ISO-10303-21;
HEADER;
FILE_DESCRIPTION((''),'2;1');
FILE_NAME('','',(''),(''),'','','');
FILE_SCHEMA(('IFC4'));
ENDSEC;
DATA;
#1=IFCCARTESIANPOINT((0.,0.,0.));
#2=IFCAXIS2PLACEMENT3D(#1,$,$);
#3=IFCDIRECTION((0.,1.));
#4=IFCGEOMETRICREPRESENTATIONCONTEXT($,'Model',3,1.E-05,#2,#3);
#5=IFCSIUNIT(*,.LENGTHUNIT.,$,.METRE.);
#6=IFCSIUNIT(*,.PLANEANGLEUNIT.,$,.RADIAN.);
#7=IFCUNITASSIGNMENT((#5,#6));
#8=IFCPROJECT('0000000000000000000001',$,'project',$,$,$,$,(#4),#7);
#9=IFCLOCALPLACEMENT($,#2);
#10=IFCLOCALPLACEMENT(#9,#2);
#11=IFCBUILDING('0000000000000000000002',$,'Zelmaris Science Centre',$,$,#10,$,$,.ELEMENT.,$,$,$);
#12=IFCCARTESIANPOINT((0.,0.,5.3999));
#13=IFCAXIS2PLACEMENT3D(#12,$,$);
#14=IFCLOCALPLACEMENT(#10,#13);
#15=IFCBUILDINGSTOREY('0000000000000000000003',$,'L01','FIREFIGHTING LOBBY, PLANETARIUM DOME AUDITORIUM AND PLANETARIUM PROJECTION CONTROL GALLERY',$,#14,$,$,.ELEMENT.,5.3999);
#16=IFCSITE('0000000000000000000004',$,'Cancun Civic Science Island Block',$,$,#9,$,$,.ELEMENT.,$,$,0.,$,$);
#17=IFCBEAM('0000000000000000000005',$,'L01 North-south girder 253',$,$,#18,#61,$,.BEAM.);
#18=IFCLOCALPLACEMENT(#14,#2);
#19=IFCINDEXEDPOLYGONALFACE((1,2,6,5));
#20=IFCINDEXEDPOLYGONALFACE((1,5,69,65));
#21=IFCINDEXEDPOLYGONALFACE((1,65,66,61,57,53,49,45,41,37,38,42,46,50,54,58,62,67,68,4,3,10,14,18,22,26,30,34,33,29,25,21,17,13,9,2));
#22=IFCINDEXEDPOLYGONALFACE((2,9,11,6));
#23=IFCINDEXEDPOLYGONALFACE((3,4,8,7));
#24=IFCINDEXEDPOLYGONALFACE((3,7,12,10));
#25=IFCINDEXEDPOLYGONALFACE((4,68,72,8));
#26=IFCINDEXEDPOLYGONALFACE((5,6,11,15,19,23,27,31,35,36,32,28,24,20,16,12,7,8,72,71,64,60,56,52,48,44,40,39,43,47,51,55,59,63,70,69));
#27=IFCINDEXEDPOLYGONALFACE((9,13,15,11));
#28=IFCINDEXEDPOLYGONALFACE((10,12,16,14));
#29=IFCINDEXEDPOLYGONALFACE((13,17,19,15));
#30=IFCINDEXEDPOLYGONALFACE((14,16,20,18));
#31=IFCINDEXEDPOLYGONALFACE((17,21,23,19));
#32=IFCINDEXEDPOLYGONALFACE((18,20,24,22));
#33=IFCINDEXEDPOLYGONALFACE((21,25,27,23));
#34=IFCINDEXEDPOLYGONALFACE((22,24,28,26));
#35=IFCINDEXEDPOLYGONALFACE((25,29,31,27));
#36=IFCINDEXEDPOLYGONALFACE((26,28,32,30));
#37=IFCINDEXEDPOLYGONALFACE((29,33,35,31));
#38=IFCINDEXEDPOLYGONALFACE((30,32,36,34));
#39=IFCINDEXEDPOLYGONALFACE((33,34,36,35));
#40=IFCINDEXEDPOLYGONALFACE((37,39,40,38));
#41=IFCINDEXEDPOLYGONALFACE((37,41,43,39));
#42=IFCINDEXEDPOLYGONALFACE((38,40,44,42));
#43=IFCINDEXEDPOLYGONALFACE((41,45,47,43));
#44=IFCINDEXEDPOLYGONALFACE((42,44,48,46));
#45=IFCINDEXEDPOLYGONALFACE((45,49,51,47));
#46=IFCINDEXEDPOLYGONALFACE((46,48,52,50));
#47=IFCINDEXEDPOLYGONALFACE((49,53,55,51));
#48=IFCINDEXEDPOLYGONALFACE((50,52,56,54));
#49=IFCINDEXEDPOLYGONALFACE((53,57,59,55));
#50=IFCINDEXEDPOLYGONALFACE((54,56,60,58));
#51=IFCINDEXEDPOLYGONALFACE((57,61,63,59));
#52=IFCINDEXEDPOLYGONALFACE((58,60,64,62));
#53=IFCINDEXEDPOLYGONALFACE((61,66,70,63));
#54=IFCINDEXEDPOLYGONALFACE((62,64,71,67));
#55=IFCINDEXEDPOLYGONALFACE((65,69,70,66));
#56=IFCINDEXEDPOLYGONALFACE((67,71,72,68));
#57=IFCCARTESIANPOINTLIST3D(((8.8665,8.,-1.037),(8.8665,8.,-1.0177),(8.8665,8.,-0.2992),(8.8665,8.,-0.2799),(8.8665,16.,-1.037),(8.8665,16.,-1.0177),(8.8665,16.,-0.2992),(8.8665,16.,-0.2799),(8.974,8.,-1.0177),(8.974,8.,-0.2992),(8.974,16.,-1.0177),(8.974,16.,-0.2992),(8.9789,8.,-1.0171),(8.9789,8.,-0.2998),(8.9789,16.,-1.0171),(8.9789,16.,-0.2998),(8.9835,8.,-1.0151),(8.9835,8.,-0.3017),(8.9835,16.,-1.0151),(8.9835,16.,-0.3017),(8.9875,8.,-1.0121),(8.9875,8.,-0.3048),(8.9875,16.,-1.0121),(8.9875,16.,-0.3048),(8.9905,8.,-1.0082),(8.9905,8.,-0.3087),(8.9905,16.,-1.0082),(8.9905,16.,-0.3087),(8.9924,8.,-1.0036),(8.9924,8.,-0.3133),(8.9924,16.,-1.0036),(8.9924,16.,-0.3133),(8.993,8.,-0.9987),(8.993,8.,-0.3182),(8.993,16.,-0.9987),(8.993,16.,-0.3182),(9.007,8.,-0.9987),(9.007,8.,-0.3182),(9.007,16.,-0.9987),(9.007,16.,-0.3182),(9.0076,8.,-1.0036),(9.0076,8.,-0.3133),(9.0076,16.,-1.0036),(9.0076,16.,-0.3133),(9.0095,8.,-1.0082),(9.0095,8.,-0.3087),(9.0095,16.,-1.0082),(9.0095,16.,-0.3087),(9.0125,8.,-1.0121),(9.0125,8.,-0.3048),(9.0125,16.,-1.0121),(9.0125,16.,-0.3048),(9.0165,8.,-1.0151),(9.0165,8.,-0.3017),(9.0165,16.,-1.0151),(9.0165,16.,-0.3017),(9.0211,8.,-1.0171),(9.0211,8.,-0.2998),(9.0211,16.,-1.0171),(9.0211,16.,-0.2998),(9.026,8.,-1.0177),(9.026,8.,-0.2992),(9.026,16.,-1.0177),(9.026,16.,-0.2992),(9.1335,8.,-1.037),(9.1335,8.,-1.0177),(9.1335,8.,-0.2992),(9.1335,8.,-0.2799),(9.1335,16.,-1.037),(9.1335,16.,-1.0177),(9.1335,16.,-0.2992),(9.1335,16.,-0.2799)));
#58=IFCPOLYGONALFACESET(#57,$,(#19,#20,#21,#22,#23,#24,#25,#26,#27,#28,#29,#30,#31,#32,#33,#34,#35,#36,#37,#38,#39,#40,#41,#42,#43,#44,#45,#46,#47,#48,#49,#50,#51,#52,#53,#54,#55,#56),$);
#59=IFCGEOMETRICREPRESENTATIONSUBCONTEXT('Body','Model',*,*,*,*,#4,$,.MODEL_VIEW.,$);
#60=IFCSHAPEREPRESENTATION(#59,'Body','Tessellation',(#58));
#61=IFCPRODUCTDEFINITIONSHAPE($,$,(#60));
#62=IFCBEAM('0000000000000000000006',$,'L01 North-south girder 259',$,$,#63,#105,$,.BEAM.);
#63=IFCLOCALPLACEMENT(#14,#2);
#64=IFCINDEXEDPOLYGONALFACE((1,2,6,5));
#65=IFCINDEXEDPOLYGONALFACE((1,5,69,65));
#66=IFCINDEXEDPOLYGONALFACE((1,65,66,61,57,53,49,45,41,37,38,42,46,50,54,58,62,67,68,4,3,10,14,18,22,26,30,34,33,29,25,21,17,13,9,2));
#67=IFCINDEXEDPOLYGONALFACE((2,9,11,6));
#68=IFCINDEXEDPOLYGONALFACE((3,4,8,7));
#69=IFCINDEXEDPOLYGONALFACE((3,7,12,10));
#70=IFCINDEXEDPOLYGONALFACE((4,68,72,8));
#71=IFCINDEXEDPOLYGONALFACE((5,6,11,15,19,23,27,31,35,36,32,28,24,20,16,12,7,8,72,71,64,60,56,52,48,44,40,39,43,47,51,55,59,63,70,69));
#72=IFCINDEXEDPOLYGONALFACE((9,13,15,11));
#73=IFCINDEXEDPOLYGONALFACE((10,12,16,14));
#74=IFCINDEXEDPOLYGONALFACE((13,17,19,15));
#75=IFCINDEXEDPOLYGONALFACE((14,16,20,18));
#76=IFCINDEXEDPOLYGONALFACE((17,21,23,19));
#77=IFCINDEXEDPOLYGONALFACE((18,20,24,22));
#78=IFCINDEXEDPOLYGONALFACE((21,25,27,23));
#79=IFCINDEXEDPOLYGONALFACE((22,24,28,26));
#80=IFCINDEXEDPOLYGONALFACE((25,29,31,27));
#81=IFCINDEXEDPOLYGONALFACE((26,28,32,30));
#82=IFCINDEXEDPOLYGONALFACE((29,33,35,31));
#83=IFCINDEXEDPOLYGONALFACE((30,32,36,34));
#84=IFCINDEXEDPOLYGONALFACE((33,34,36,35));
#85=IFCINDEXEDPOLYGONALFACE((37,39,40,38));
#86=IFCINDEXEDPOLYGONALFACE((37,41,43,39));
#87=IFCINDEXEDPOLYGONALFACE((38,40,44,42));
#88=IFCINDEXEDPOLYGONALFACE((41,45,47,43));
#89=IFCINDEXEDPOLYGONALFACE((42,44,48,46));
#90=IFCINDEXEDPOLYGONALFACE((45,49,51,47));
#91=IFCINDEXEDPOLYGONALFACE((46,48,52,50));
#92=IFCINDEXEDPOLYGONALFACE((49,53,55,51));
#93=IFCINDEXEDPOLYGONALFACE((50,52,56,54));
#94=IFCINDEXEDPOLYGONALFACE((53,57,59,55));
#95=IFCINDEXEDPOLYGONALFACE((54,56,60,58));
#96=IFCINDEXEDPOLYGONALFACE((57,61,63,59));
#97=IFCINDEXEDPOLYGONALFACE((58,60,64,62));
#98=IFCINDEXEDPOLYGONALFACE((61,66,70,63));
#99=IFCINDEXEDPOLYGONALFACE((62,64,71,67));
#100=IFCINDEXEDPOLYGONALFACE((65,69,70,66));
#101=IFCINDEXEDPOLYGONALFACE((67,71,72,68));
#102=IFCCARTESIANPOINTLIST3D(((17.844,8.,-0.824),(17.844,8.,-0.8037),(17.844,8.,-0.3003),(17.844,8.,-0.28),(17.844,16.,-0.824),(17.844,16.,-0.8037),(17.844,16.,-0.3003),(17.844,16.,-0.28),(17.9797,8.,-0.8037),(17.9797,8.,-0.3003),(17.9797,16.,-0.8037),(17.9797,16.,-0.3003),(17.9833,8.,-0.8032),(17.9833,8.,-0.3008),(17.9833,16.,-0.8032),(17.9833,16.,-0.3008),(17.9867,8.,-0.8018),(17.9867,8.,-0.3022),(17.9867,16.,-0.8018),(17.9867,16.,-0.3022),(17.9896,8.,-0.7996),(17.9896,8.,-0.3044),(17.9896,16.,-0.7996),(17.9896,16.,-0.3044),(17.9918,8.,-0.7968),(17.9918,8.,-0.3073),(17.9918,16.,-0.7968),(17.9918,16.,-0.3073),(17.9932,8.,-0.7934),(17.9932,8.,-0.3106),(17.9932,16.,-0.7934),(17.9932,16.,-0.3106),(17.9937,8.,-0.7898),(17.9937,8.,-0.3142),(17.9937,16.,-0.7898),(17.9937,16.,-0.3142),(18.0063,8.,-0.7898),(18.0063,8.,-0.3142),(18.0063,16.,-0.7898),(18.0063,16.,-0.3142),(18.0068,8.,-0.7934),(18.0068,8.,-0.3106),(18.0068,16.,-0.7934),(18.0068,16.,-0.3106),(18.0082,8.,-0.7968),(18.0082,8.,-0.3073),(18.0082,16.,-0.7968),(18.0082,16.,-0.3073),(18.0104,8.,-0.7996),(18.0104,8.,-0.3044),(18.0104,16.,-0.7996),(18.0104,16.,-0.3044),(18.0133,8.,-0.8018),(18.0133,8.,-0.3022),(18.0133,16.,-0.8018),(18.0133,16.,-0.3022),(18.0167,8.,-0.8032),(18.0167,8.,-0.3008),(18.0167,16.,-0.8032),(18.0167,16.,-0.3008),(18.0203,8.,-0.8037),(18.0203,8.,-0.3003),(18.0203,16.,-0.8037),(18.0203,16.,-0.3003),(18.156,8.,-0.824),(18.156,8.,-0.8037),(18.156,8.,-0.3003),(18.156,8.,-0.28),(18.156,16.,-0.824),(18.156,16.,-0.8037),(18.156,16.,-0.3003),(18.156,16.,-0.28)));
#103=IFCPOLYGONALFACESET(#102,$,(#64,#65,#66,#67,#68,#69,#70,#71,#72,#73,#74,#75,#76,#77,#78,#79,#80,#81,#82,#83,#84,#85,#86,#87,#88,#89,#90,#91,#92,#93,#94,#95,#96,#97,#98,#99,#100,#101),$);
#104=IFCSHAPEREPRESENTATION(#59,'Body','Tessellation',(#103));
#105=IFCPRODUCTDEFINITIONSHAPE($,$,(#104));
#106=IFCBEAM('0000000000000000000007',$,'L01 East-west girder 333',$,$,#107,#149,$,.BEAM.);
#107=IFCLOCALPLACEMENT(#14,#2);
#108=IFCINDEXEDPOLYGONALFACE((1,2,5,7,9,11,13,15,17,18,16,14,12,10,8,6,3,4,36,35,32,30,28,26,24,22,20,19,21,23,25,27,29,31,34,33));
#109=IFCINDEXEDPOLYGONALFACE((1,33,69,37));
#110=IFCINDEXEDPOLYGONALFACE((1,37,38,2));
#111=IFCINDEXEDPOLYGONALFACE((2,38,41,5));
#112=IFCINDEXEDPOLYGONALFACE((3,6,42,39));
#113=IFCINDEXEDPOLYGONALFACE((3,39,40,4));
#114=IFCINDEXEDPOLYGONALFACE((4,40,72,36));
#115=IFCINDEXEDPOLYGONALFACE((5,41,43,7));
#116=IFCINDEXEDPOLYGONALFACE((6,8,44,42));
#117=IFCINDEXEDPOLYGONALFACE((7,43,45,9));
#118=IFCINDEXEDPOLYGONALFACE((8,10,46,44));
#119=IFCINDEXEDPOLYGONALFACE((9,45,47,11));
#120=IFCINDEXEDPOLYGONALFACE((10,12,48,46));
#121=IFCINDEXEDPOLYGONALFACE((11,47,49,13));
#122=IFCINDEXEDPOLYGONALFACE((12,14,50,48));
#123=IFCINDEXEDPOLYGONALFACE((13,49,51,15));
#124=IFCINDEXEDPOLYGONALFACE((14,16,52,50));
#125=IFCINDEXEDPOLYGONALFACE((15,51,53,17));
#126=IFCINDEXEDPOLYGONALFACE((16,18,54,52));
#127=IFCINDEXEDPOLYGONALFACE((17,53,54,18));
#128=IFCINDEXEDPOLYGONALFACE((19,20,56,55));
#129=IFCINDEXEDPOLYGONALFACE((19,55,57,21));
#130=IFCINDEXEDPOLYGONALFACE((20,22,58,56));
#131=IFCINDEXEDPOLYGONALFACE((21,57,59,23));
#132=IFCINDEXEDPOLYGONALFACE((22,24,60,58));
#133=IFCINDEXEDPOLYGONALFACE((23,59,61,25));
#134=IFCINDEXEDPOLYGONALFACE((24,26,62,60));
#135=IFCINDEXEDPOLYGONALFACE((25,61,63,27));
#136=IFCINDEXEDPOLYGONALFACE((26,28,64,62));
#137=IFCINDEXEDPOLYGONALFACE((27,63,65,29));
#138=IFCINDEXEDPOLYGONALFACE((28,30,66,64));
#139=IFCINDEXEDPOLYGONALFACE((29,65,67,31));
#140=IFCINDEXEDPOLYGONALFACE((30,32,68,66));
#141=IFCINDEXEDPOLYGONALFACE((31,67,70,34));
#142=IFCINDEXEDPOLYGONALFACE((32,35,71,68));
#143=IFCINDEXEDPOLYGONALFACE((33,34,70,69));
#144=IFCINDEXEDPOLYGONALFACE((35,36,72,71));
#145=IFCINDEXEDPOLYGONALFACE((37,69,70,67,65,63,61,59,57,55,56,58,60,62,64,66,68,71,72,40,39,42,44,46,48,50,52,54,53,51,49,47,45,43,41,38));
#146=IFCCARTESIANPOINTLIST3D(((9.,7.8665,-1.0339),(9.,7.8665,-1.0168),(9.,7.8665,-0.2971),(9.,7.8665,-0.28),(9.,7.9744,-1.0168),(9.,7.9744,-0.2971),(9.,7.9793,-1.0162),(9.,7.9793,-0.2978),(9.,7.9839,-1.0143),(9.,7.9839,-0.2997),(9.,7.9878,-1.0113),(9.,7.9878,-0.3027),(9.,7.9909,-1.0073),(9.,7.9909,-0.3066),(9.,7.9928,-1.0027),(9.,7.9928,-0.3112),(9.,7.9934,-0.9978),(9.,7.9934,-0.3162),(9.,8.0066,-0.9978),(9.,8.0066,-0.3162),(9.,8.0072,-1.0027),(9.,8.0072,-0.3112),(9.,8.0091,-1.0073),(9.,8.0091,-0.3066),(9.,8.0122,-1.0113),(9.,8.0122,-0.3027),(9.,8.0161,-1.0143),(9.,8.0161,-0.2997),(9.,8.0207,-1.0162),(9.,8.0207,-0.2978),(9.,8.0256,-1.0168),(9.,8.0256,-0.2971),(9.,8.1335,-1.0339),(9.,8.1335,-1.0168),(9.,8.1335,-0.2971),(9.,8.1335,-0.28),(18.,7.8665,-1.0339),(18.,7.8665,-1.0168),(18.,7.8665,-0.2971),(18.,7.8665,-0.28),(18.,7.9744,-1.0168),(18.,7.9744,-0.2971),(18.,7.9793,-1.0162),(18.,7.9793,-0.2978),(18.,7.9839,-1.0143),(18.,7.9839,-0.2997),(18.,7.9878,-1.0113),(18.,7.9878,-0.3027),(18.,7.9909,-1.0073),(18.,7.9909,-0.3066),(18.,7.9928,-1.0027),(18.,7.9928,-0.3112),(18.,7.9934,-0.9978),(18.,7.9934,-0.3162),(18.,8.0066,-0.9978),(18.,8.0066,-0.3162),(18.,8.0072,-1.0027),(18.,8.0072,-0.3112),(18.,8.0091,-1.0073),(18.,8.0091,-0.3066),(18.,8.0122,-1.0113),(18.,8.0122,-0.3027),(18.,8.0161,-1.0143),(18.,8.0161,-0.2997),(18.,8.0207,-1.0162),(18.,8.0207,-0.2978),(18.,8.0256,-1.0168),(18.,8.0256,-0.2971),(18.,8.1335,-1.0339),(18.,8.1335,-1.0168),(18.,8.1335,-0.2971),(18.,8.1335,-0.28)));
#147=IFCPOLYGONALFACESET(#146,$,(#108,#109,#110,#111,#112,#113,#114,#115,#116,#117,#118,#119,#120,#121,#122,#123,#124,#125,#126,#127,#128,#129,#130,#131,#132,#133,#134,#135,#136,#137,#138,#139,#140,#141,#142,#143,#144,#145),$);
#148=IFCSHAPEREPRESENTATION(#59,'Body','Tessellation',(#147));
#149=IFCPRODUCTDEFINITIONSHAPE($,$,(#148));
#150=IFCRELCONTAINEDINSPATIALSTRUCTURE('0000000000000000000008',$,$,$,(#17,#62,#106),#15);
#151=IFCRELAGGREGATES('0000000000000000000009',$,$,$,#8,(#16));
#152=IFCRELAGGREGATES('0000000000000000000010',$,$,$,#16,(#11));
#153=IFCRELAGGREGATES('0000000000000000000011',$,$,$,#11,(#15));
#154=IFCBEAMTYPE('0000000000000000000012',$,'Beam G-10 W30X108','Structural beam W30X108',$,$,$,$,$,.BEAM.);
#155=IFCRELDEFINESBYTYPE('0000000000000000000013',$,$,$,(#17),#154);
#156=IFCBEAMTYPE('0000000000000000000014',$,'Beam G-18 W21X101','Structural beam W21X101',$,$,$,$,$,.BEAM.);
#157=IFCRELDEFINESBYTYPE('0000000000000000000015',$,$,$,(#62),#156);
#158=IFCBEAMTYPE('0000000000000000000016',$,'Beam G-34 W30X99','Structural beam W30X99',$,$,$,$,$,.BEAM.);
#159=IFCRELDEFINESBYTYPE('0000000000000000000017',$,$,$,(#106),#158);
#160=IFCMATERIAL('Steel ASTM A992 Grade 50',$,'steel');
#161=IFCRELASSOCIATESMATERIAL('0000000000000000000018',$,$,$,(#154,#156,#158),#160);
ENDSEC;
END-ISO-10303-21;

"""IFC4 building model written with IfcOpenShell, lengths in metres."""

from ifc_helpers import new_model, si_unit, direction, frame, origin, origin_2d, place, context, subcontext, project, spatial, i_section, extrude, material, material_profile, profile_set, type_object, element, save


model = new_model("IFC4")

# Units and contexts
model_context = context("Model", 3, precision=1e-05, world=origin(), true_north=direction((0.0, 1.0)))
body_context = subcontext(model_context, "Body", "Model", "MODEL_VIEW")
ifc_project = project(units=[si_unit("LENGTHUNIT", "METRE"), si_unit("PLANEANGLEUNIT", "RADIAN")], contexts=[model_context])

# Site, building, storey
site_placement = place(None, origin())
site = spatial("IfcSite", under=ifc_project, at=site_placement, Name="Cancun Civic Science Island Block", CompositionType="ELEMENT", RefElevation=0.0)
building_placement = place(site_placement, origin())
building = spatial("IfcBuilding", under=site, at=building_placement, Name="Zelmaris Science Centre", CompositionType="ELEMENT")
storey_placement = place(building_placement, frame((0.0, 0.0, 5.3999)))
storey = spatial("IfcBuildingStorey", under=building, at=storey_placement, Name="L01", Description="FIREFIGHTING LOBBY, PLANETARIUM DOME AUDITORIUM AND PLANETARIUM PROJECTION CONTROL GALLERY", CompositionType="ELEMENT", Elevation=5.3999)

# Shared definitions
ifc_material_1 = material(Name="Steel ASTM A992 Grade 50", Category="steel")

# Beams
ifc_material_profile_1 = material_profile(ifc_material_1, i_section(OverallWidth=0.2671, OverallDepth=0.7571, WebThickness=0.0139, FlangeThickness=0.0193, FilletRadius=0.019, at=origin_2d()), Name="W30X108")
ifc_profile_set_1 = profile_set([ifc_material_profile_1], Name="Steel ASTM A992 Grade 50")
beam_type_1 = type_object("IfcBeamType", Name="Beam G-10 W30X108", Description="Structural beam W30X108", PredefinedType="BEAM", material=ifc_profile_set_1)
beam_1_placement = place(storey_placement, frame((9.0, 8.0, -0.6584), z_axis=(0.0, 1.0, 0.0), x_axis=(-1.0, 0.0, 0.0)))
element("IfcBeam", 1, at=beam_1_placement, inside=storey, type_object=beam_type_1, Name="L01 North-south girder 253", PredefinedType="BEAM", context=body_context, shape_type="SweptSolid", body=[
    extrude(i_section(OverallWidth=0.2671, OverallDepth=0.7571, WebThickness=0.0139, FlangeThickness=0.0193, FilletRadius=0.019, at=origin_2d()), origin(), (0.0, 0.0, 1.0), 8.0),
])
ifc_material_profile_2 = material_profile(ifc_material_1, i_section(OverallWidth=0.312, OverallDepth=0.5439, WebThickness=0.0127, FlangeThickness=0.0203, FilletRadius=0.0139, at=origin_2d()), Name="W21X101")
ifc_profile_set_2 = profile_set([ifc_material_profile_2], Name="Steel ASTM A992 Grade 50")
beam_type_2 = type_object("IfcBeamType", Name="Beam G-18 W21X101", Description="Structural beam W21X101", PredefinedType="BEAM", material=ifc_profile_set_2)
beam_2_placement = place(storey_placement, frame((18.0, 8.0, -0.552), z_axis=(0.0, 1.0, 0.0), x_axis=(-1.0, 0.0, 0.0)))
element("IfcBeam", 2, at=beam_2_placement, inside=storey, type_object=beam_type_2, Name="L01 North-south girder 259", PredefinedType="BEAM", context=body_context, shape_type="SweptSolid", body=[
    extrude(i_section(OverallWidth=0.312, OverallDepth=0.5439, WebThickness=0.0127, FlangeThickness=0.0203, FilletRadius=0.0139, at=origin_2d()), origin(), (0.0, 0.0, 1.0), 8.0),
])
ifc_material_profile_3 = material_profile(ifc_material_1, i_section(OverallWidth=0.2671, OverallDepth=0.7539, WebThickness=0.0132, FlangeThickness=0.0171, FilletRadius=0.019, at=origin_2d()), Name="W30X99")
ifc_profile_set_3 = profile_set([ifc_material_profile_3], Name="Steel ASTM A992 Grade 50")
beam_type_3 = type_object("IfcBeamType", Name="Beam G-34 W30X99", Description="Structural beam W30X99", PredefinedType="BEAM", material=ifc_profile_set_3)
beam_3_placement = place(storey_placement, frame((9.0, 8.0, -0.657), z_axis=(1.0, 0.0, 0.0), x_axis=(0.0, 1.0, 0.0)))
element("IfcBeam", 3, at=beam_3_placement, inside=storey, type_object=beam_type_3, Name="L01 East-west girder 333", PredefinedType="BEAM", context=body_context, shape_type="SweptSolid", body=[
    extrude(i_section(OverallWidth=0.2671, OverallDepth=0.7539, WebThickness=0.0132, FlangeThickness=0.0171, FilletRadius=0.019, at=origin_2d()), origin(), (0.0, 0.0, 1.0), 9.0),
])

save(model, "model.ifc")
